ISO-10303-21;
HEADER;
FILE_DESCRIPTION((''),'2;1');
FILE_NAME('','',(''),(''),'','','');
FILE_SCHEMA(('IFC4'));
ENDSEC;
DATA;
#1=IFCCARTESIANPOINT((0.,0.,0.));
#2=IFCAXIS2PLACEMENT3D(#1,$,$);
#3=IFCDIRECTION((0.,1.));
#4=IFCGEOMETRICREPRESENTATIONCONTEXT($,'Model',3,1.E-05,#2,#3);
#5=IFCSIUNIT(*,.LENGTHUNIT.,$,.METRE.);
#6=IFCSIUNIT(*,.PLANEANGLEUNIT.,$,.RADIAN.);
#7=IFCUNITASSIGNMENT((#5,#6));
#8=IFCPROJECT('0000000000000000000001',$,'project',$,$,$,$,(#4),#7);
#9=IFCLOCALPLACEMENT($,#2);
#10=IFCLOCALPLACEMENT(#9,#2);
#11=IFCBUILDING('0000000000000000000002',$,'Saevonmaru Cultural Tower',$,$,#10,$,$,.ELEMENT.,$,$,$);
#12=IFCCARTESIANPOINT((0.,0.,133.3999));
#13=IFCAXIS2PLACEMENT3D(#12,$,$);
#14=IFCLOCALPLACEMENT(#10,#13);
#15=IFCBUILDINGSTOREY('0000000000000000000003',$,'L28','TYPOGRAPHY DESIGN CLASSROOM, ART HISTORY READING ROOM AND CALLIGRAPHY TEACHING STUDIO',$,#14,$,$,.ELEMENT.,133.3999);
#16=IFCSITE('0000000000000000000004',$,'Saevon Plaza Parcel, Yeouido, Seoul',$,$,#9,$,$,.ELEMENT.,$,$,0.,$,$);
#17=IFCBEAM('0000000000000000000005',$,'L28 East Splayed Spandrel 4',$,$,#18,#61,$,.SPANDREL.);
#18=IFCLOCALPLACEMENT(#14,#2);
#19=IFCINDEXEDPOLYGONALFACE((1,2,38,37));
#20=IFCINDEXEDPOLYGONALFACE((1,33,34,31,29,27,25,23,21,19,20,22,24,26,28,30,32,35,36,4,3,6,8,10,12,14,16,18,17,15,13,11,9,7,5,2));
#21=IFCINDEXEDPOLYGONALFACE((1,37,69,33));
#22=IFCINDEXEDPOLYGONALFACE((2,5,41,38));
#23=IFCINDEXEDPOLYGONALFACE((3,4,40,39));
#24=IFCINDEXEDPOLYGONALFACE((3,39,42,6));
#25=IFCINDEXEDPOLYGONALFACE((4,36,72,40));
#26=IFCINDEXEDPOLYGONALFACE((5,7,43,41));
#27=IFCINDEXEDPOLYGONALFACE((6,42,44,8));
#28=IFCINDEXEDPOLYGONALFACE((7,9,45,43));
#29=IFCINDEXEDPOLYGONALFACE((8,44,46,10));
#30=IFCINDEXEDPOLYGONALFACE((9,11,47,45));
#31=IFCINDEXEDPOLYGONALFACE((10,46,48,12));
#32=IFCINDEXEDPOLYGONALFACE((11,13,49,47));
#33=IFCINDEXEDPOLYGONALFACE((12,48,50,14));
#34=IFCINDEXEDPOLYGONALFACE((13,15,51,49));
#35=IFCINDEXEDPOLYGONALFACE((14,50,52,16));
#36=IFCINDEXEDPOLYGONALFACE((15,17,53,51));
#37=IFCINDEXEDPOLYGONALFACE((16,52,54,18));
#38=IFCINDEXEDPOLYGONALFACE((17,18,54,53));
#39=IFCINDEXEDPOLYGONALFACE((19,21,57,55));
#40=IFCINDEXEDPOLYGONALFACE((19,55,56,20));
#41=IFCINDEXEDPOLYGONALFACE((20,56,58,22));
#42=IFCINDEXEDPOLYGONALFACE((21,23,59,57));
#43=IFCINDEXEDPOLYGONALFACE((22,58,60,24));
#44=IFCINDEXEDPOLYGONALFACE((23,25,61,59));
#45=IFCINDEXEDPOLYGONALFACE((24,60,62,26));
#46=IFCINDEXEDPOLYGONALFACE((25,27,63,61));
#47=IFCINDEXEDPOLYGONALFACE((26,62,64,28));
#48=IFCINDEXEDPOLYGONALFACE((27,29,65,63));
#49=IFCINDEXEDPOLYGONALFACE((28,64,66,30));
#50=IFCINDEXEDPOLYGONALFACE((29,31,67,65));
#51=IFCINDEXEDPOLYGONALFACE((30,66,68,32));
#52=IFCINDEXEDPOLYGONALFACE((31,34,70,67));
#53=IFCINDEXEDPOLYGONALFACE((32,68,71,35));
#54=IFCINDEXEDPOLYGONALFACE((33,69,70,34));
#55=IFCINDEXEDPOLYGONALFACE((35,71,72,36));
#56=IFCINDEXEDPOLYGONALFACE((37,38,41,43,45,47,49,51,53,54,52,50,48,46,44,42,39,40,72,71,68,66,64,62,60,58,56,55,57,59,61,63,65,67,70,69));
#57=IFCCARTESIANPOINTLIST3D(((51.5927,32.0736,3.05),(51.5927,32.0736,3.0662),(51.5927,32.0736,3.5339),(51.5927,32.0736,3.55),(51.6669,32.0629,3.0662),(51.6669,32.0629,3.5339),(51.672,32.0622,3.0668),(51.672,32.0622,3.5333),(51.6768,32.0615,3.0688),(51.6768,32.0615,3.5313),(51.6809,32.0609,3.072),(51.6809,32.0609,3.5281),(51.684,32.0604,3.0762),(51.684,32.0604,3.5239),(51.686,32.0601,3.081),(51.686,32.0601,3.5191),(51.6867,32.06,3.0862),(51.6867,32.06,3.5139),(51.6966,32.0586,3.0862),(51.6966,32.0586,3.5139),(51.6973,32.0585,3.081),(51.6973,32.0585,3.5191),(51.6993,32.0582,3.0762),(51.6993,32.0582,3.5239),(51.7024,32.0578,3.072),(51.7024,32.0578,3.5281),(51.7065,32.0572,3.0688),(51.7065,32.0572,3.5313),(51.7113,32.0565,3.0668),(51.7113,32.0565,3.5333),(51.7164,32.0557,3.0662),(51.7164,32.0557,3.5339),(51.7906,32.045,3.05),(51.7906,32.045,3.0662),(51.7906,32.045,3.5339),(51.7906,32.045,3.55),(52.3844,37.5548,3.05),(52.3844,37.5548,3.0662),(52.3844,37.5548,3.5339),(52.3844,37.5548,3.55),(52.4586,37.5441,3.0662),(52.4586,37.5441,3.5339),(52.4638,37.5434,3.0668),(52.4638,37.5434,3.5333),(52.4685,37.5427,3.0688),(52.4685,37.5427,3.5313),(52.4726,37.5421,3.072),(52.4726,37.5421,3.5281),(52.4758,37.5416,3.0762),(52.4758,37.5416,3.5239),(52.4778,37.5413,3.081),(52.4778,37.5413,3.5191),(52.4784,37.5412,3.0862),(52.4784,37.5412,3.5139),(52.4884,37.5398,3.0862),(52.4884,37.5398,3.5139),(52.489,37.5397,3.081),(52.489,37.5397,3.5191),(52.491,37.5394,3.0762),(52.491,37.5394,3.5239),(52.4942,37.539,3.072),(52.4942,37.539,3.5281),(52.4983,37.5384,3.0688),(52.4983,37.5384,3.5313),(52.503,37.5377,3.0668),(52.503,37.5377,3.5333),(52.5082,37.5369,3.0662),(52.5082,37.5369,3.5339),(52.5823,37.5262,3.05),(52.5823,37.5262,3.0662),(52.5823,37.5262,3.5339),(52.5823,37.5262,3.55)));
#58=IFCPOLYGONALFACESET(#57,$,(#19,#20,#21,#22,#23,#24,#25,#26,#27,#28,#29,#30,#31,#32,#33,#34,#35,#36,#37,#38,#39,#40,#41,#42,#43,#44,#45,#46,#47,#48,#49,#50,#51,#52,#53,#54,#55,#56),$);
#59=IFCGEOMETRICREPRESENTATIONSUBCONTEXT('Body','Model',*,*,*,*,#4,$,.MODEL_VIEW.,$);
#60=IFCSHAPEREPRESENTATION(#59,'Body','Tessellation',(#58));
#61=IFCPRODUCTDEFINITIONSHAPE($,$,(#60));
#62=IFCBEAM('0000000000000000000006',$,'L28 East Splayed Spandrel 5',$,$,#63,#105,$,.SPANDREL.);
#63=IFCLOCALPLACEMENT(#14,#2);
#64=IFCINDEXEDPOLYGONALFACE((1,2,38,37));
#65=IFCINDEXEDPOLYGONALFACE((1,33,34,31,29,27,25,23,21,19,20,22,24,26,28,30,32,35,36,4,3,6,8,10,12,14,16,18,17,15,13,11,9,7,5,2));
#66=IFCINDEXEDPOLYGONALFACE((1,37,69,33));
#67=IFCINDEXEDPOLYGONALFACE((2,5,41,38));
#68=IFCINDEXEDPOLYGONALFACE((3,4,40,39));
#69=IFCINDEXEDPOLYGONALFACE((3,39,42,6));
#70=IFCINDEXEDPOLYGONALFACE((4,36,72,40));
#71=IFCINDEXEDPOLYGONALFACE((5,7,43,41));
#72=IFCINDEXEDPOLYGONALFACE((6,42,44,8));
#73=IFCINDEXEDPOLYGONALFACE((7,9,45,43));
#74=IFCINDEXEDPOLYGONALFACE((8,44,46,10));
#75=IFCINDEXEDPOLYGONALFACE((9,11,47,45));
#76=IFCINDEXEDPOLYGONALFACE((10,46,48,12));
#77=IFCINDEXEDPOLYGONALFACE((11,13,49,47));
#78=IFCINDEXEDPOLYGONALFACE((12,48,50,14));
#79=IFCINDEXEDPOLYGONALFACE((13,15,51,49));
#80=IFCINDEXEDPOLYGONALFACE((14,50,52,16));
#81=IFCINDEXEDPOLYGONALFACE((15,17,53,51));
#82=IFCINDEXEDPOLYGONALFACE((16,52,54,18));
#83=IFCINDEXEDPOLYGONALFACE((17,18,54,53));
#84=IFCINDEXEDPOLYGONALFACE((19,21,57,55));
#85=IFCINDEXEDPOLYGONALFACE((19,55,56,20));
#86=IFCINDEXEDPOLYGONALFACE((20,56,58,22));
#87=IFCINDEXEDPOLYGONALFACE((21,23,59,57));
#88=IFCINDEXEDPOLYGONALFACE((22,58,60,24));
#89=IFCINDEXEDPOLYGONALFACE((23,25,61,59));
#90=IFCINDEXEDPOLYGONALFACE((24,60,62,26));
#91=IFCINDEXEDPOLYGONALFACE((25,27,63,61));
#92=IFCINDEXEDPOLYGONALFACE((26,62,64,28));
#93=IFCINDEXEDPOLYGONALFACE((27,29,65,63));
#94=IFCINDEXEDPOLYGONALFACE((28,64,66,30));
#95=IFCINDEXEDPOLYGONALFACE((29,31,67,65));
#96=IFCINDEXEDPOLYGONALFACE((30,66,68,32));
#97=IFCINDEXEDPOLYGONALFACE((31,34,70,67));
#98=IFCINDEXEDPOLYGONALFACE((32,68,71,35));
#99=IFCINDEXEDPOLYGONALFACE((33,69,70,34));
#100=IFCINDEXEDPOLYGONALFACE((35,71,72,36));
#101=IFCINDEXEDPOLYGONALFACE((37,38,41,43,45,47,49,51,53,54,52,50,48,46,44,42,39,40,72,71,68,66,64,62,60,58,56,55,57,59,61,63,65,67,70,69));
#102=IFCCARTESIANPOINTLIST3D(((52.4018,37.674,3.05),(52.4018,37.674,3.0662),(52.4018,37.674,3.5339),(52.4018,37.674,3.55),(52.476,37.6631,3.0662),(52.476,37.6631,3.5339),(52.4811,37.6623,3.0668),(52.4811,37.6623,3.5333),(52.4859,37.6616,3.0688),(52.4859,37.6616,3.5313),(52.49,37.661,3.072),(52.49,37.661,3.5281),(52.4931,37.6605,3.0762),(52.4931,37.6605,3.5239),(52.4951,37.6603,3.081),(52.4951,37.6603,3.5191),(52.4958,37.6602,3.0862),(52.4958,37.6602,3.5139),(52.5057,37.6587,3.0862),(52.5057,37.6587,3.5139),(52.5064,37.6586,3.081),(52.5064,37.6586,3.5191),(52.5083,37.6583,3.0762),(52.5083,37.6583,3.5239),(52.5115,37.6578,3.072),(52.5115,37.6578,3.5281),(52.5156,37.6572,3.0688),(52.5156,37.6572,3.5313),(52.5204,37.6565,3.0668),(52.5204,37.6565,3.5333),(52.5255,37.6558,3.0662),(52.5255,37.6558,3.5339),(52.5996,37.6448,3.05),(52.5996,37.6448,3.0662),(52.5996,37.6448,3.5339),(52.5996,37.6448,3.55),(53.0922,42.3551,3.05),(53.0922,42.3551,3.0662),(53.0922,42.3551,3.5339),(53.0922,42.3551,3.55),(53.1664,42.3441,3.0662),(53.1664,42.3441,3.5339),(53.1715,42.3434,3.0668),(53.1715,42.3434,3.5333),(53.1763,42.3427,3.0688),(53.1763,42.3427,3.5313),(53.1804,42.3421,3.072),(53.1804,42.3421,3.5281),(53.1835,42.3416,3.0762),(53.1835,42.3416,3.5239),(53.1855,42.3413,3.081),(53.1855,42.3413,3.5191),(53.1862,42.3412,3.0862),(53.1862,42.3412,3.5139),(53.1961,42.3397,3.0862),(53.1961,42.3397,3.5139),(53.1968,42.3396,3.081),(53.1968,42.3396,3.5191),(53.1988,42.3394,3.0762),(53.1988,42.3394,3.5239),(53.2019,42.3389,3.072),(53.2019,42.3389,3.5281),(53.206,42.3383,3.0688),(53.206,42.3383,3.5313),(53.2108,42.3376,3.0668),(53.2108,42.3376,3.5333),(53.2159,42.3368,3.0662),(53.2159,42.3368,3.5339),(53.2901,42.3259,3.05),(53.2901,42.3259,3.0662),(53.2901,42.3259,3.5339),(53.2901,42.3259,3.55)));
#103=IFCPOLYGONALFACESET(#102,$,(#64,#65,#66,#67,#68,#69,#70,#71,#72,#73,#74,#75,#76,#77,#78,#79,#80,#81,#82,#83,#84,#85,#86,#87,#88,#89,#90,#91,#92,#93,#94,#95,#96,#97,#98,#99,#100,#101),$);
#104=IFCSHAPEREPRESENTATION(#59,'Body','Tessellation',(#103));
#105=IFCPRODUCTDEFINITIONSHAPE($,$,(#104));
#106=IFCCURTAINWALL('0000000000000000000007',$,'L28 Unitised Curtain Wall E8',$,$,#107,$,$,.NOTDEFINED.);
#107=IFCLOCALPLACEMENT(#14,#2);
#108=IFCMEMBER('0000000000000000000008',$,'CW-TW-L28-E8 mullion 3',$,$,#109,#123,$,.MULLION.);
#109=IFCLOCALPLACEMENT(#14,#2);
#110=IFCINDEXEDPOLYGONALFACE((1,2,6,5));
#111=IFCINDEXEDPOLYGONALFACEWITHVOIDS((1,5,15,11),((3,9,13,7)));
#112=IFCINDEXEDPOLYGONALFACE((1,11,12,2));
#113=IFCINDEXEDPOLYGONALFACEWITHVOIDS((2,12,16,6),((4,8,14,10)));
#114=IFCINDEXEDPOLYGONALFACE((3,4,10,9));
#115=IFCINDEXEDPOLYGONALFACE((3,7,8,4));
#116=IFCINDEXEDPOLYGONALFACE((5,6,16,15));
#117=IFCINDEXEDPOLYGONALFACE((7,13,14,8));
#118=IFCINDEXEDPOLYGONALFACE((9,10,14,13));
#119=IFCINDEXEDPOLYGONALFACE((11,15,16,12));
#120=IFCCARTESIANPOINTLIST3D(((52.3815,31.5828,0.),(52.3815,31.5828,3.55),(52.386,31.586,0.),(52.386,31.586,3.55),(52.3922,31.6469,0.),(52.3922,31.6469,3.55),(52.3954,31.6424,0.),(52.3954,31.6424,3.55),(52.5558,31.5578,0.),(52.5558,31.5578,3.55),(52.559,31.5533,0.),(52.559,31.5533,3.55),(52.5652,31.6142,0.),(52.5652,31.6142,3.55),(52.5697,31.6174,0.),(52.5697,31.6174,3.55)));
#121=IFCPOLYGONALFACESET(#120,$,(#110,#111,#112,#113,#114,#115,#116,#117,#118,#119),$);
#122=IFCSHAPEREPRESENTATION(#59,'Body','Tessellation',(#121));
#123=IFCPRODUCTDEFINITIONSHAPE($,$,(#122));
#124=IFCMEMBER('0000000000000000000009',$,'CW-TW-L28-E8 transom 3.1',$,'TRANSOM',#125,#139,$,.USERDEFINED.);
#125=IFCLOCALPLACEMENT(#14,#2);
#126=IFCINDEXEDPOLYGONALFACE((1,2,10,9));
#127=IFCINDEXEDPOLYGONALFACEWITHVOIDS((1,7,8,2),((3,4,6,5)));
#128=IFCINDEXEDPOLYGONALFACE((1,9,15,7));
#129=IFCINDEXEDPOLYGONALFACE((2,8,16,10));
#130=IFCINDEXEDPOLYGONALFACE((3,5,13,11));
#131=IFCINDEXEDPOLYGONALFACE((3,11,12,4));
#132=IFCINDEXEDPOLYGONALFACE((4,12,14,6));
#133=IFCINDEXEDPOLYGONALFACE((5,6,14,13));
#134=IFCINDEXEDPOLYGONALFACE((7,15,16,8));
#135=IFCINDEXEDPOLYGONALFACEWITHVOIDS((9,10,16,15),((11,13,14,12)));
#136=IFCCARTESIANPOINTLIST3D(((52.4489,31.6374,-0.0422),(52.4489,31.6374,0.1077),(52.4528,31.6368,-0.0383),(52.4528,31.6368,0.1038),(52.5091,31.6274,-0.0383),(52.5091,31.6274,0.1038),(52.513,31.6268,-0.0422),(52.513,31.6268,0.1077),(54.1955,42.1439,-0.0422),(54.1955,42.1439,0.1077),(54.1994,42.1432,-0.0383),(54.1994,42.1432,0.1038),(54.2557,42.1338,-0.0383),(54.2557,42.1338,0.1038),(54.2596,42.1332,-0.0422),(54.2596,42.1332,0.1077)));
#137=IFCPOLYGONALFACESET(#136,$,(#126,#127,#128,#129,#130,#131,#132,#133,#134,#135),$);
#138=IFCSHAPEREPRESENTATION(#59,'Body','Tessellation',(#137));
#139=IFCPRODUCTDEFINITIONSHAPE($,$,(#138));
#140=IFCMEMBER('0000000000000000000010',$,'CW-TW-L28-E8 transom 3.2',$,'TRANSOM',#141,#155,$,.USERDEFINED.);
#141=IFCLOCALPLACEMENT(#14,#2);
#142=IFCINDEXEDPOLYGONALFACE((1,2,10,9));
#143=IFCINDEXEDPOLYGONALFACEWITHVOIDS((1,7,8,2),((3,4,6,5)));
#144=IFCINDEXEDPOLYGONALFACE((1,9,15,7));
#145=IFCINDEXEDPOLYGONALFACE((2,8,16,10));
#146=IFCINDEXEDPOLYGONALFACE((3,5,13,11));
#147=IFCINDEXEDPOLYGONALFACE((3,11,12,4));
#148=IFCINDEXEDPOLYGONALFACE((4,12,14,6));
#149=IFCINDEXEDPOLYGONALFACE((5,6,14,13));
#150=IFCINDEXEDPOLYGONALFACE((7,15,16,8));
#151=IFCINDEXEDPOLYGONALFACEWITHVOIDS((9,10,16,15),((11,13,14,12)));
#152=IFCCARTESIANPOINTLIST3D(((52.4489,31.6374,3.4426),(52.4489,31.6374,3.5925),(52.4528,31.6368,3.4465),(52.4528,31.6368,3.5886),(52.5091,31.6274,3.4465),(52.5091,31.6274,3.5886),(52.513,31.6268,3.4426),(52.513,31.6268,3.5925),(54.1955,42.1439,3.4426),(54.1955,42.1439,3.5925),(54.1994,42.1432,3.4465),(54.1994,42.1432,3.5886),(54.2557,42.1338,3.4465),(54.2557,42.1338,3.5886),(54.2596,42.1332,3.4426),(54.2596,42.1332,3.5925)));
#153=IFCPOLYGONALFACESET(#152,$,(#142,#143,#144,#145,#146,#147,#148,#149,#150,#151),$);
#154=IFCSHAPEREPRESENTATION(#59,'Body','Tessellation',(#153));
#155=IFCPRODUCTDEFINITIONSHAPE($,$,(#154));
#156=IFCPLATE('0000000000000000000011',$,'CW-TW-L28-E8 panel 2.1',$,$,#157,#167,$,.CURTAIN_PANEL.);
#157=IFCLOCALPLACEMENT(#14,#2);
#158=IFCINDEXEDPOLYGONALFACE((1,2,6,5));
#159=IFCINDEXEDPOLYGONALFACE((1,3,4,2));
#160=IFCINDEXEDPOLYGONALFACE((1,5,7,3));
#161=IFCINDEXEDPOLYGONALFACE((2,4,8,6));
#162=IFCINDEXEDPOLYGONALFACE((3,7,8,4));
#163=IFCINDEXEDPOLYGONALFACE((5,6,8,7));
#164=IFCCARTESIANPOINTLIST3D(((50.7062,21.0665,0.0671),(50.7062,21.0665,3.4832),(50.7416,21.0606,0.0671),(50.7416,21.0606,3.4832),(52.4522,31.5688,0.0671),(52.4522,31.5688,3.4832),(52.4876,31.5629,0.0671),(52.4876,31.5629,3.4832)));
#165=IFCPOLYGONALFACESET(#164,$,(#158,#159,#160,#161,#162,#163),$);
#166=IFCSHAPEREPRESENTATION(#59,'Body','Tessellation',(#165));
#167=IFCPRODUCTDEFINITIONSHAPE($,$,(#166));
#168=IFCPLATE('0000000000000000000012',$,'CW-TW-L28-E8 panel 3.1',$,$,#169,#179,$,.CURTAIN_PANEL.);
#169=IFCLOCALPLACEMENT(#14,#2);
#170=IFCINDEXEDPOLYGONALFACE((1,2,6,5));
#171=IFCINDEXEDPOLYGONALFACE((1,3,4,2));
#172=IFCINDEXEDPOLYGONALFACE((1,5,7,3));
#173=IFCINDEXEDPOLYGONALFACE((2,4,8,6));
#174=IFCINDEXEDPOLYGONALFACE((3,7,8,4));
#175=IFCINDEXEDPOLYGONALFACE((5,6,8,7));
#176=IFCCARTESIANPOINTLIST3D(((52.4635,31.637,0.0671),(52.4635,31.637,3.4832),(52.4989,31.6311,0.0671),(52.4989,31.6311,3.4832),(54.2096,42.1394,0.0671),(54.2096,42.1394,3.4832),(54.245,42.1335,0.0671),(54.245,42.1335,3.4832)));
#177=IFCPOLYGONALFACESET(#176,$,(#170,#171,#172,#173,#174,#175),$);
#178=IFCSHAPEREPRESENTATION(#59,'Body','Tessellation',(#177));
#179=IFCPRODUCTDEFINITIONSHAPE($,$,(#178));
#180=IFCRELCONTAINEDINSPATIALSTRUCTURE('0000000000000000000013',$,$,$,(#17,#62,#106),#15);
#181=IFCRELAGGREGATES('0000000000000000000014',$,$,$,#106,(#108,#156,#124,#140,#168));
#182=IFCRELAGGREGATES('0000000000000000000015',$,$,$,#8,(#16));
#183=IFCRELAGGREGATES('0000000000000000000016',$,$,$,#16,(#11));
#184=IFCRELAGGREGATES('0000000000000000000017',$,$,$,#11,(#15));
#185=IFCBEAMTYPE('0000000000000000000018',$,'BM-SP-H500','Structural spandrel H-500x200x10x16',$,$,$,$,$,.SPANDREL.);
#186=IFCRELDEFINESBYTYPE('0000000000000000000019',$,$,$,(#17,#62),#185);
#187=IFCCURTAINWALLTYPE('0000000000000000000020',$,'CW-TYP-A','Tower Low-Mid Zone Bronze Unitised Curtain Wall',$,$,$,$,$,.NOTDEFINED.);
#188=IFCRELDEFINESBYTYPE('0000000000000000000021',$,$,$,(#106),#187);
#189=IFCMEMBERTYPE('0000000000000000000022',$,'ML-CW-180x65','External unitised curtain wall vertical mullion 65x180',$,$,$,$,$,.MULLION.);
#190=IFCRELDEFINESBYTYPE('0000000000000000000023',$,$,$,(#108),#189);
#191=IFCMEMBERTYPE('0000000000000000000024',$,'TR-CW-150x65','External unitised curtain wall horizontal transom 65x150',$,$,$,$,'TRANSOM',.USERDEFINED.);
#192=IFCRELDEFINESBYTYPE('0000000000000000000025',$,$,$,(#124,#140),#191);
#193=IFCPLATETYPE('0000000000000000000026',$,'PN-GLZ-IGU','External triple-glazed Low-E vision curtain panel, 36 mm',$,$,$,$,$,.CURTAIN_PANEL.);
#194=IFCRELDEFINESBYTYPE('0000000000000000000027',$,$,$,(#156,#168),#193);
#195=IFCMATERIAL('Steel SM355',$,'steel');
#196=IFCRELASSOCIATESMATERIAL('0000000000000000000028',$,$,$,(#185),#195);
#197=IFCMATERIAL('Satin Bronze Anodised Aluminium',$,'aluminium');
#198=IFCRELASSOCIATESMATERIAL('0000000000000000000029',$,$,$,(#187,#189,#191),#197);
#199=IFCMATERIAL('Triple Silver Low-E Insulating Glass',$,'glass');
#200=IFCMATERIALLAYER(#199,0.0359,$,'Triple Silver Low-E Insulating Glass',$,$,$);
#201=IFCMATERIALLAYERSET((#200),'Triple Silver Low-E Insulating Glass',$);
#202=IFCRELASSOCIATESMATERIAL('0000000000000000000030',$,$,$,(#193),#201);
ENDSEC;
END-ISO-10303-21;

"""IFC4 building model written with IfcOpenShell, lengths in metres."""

from ifc_helpers import new_model, si_unit, direction, frame, origin, origin_2d, place, context, subcontext, project, spatial, rectangle, hollow_rectangle, i_section, extrude, material, layer, layer_set, material_profile, profile_set, type_object, element, aggregate, save


model = new_model("IFC4")

# Units and contexts
model_context = context("Model", 3, precision=1e-05, world=origin(), true_north=direction((0.0, 1.0)))
body_context = subcontext(model_context, "Body", "Model", "MODEL_VIEW")
ifc_project = project(units=[si_unit("LENGTHUNIT", "METRE"), si_unit("PLANEANGLEUNIT", "RADIAN")], contexts=[model_context])

# Site, building, storey
site_placement = place(None, origin())
site = spatial("IfcSite", under=ifc_project, at=site_placement, Name="Saevon Plaza Parcel, Yeouido, Seoul", CompositionType="ELEMENT", RefElevation=0.0)
building_placement = place(site_placement, origin())
building = spatial("IfcBuilding", under=site, at=building_placement, Name="Saevonmaru Cultural Tower", CompositionType="ELEMENT")
storey_placement = place(building_placement, frame((0.0, 0.0, 133.3999)))
storey = spatial("IfcBuildingStorey", under=building, at=storey_placement, Name="L28", Description="TYPOGRAPHY DESIGN CLASSROOM, ART HISTORY READING ROOM AND CALLIGRAPHY TEACHING STUDIO", CompositionType="ELEMENT", Elevation=133.3999)

# Shared definitions
ifc_material_1 = material(Name="Steel SM355", Category="steel")

# Beams
ifc_material_profile_1 = material_profile(ifc_material_1, i_section(OverallWidth=0.2, OverallDepth=0.5, WebThickness=0.01, FlangeThickness=0.0161, FilletRadius=0.02, at=origin_2d()), Name="H-500x200x10x16")
ifc_profile_set_1 = profile_set([ifc_material_profile_1], Name="Steel SM355")
beam_type_1 = type_object("IfcBeamType", Name="BM-SP-H500", Description="Structural spandrel H-500x200x10x16", PredefinedType="SPANDREL", material=ifc_profile_set_1)
beam_1_placement = place(storey_placement, frame((51.6917, 32.0593, 3.3), z_axis=(0.142964, 0.989728, 0.0), x_axis=(-0.989728, 0.142964, 0.0)))
element("IfcBeam", 1, at=beam_1_placement, inside=storey, type_object=beam_type_1, Name="L28 East Splayed Spandrel 4", PredefinedType="SPANDREL", context=body_context, shape_type="SweptSolid", body=[
    extrude(i_section(OverallWidth=0.2, OverallDepth=0.5, WebThickness=0.01, FlangeThickness=0.0161, FilletRadius=0.02, at=origin_2d()), origin(), (0.0, 0.0, 1.0), 5.5381),
])
beam_2_placement = place(storey_placement, frame((52.5007, 37.6594, 3.3), z_axis=(0.145913, 0.989297, 0.0), x_axis=(-0.989297, 0.145913, 0.0)))
element("IfcBeam", 2, at=beam_2_placement, inside=storey, type_object=beam_type_1, Name="L28 East Splayed Spandrel 5", PredefinedType="SPANDREL", context=body_context, shape_type="SweptSolid", body=[
    extrude(i_section(OverallWidth=0.2, OverallDepth=0.5, WebThickness=0.01, FlangeThickness=0.0161, FilletRadius=0.02, at=origin_2d()), origin(), (0.0, 0.0, 1.0), 4.7317),
])

# Curtain wall, members, plates
ifc_material_2 = material(Name="Satin Bronze Anodised Aluminium", Category="aluminium")
curtain_wall_type = type_object("IfcCurtainWallType", Name="CW-TYP-A", Description="Tower Low-Mid Zone Bronze Unitised Curtain Wall", PredefinedType="NOTDEFINED", material=ifc_material_2)
curtain_wall_placement = place(storey_placement, origin())
curtain_wall = element("IfcCurtainWall", 3, at=curtain_wall_placement, inside=storey, type_object=curtain_wall_type, Name="L28 Unitised Curtain Wall E8", PredefinedType="NOTDEFINED")
ifc_material_profile_2 = material_profile(ifc_material_2, hollow_rectangle(XDim=0.0649, YDim=0.1799, WallThickness=0.0039, at=origin_2d()), Name="ALU-MULL-180x65x4")
ifc_profile_set_2 = profile_set([ifc_material_profile_2], Name="Satin Bronze Anodised Aluminium")
member_type_1 = type_object("IfcMemberType", Name="ML-CW-180x65", Description="External unitised curtain wall vertical mullion 65x180", PredefinedType="MULLION", material=ifc_profile_set_2)
member_1_placement = place(storey_placement, frame((52.4756, 31.6001, 0.0), z_axis=(0.0, 0.0, 1.0), x_axis=(0.163999, 0.986461, 0.0)))
member_1 = element("IfcMember", 4, at=member_1_placement, type_object=member_type_1, Name="CW-TW-L28-E8 mullion 3", PredefinedType="MULLION", context=body_context, shape_type="SweptSolid", body=[
    extrude(hollow_rectangle(XDim=0.0649, YDim=0.1799, WallThickness=0.0039, at=origin_2d()), origin(), (0.0, 0.0, 1.0), 3.55),
])
ifc_material_profile_3 = material_profile(ifc_material_2, hollow_rectangle(XDim=0.0649, YDim=0.1499, WallThickness=0.0039, at=origin_2d()), Name="ALU-TRAN-150x65x4")
ifc_profile_set_3 = profile_set([ifc_material_profile_3], Name="Satin Bronze Anodised Aluminium")
member_type_2 = type_object("IfcMemberType", Name="TR-CW-150x65", Description="External unitised curtain wall horizontal transom 65x150", ElementType="TRANSOM", PredefinedType="USERDEFINED", material=ifc_profile_set_3)
member_2_placement = place(storey_placement, frame((52.481, 31.6321, 0.0327), z_axis=(0.16399, 0.986462, 0.0), x_axis=(-0.986462, 0.16399, 0.0)))
member_2 = element("IfcMember", 5, at=member_2_placement, type_object=member_type_2, Name="CW-TW-L28-E8 transom 3.1", ObjectType="TRANSOM", PredefinedType="USERDEFINED", context=body_context, shape_type="SweptSolid", body=[
    extrude(hollow_rectangle(XDim=0.0649, YDim=0.1499, WallThickness=0.0039, at=origin_2d()), origin(), (0.0, 0.0, 1.0), 10.6506),
])
member_3_placement = place(storey_placement, frame((52.481, 31.6321, 3.5176), z_axis=(0.16399, 0.986462, 0.0), x_axis=(-0.986462, 0.16399, 0.0)))
member_3 = element("IfcMember", 6, at=member_3_placement, type_object=member_type_2, Name="CW-TW-L28-E8 transom 3.2", ObjectType="TRANSOM", PredefinedType="USERDEFINED", context=body_context, shape_type="SweptSolid", body=[
    extrude(hollow_rectangle(XDim=0.0649, YDim=0.1499, WallThickness=0.0039, at=origin_2d()), origin(), (0.0, 0.0, 1.0), 10.6506),
])
ifc_material_3 = material(Name="Triple Silver Low-E Insulating Glass", Category="glass")
ifc_layer_1 = layer(ifc_material_3, 0.0359, Name="Triple Silver Low-E Insulating Glass")
ifc_layer_set_1 = layer_set([ifc_layer_1], Name="Triple Silver Low-E Insulating Glass")
plate_type = type_object("IfcPlateType", Name="PN-GLZ-IGU", Description="External triple-glazed Low-E vision curtain panel, 36 mm", PredefinedType="CURTAIN_PANEL", material=ifc_layer_set_1)
plate_1_placement = place(storey_placement, frame((51.5969, 26.3147, 0.0671), z_axis=(0.0, 0.0, 1.0), x_axis=(0.163999, 0.986461, 0.0)))
plate_1 = element("IfcPlate", 7, at=plate_1_placement, type_object=plate_type, Name="CW-TW-L28-E8 panel 2.1", PredefinedType="CURTAIN_PANEL", context=body_context, shape_type="SweptSolid", body=[
    extrude(rectangle(XDim=10.6465, YDim=0.0359, at=origin_2d()), origin(), (0.0, 0.0, 1.0), 3.416),
])
plate_2_placement = place(storey_placement, frame((53.3542, 36.8853, 0.0671), z_axis=(0.0, 0.0, 1.0), x_axis=(0.163999, 0.986461, 0.0)))
plate_2 = element("IfcPlate", 8, at=plate_2_placement, type_object=plate_type, Name="CW-TW-L28-E8 panel 3.1", PredefinedType="CURTAIN_PANEL", context=body_context, shape_type="SweptSolid", body=[
    extrude(rectangle(XDim=10.6465, YDim=0.0359, at=origin_2d()), origin(), (0.0, 0.0, 1.0), 3.416),
])
aggregate(curtain_wall, [member_1, plate_1, member_2, member_3, plate_2])

save(model, "model.ifc")
